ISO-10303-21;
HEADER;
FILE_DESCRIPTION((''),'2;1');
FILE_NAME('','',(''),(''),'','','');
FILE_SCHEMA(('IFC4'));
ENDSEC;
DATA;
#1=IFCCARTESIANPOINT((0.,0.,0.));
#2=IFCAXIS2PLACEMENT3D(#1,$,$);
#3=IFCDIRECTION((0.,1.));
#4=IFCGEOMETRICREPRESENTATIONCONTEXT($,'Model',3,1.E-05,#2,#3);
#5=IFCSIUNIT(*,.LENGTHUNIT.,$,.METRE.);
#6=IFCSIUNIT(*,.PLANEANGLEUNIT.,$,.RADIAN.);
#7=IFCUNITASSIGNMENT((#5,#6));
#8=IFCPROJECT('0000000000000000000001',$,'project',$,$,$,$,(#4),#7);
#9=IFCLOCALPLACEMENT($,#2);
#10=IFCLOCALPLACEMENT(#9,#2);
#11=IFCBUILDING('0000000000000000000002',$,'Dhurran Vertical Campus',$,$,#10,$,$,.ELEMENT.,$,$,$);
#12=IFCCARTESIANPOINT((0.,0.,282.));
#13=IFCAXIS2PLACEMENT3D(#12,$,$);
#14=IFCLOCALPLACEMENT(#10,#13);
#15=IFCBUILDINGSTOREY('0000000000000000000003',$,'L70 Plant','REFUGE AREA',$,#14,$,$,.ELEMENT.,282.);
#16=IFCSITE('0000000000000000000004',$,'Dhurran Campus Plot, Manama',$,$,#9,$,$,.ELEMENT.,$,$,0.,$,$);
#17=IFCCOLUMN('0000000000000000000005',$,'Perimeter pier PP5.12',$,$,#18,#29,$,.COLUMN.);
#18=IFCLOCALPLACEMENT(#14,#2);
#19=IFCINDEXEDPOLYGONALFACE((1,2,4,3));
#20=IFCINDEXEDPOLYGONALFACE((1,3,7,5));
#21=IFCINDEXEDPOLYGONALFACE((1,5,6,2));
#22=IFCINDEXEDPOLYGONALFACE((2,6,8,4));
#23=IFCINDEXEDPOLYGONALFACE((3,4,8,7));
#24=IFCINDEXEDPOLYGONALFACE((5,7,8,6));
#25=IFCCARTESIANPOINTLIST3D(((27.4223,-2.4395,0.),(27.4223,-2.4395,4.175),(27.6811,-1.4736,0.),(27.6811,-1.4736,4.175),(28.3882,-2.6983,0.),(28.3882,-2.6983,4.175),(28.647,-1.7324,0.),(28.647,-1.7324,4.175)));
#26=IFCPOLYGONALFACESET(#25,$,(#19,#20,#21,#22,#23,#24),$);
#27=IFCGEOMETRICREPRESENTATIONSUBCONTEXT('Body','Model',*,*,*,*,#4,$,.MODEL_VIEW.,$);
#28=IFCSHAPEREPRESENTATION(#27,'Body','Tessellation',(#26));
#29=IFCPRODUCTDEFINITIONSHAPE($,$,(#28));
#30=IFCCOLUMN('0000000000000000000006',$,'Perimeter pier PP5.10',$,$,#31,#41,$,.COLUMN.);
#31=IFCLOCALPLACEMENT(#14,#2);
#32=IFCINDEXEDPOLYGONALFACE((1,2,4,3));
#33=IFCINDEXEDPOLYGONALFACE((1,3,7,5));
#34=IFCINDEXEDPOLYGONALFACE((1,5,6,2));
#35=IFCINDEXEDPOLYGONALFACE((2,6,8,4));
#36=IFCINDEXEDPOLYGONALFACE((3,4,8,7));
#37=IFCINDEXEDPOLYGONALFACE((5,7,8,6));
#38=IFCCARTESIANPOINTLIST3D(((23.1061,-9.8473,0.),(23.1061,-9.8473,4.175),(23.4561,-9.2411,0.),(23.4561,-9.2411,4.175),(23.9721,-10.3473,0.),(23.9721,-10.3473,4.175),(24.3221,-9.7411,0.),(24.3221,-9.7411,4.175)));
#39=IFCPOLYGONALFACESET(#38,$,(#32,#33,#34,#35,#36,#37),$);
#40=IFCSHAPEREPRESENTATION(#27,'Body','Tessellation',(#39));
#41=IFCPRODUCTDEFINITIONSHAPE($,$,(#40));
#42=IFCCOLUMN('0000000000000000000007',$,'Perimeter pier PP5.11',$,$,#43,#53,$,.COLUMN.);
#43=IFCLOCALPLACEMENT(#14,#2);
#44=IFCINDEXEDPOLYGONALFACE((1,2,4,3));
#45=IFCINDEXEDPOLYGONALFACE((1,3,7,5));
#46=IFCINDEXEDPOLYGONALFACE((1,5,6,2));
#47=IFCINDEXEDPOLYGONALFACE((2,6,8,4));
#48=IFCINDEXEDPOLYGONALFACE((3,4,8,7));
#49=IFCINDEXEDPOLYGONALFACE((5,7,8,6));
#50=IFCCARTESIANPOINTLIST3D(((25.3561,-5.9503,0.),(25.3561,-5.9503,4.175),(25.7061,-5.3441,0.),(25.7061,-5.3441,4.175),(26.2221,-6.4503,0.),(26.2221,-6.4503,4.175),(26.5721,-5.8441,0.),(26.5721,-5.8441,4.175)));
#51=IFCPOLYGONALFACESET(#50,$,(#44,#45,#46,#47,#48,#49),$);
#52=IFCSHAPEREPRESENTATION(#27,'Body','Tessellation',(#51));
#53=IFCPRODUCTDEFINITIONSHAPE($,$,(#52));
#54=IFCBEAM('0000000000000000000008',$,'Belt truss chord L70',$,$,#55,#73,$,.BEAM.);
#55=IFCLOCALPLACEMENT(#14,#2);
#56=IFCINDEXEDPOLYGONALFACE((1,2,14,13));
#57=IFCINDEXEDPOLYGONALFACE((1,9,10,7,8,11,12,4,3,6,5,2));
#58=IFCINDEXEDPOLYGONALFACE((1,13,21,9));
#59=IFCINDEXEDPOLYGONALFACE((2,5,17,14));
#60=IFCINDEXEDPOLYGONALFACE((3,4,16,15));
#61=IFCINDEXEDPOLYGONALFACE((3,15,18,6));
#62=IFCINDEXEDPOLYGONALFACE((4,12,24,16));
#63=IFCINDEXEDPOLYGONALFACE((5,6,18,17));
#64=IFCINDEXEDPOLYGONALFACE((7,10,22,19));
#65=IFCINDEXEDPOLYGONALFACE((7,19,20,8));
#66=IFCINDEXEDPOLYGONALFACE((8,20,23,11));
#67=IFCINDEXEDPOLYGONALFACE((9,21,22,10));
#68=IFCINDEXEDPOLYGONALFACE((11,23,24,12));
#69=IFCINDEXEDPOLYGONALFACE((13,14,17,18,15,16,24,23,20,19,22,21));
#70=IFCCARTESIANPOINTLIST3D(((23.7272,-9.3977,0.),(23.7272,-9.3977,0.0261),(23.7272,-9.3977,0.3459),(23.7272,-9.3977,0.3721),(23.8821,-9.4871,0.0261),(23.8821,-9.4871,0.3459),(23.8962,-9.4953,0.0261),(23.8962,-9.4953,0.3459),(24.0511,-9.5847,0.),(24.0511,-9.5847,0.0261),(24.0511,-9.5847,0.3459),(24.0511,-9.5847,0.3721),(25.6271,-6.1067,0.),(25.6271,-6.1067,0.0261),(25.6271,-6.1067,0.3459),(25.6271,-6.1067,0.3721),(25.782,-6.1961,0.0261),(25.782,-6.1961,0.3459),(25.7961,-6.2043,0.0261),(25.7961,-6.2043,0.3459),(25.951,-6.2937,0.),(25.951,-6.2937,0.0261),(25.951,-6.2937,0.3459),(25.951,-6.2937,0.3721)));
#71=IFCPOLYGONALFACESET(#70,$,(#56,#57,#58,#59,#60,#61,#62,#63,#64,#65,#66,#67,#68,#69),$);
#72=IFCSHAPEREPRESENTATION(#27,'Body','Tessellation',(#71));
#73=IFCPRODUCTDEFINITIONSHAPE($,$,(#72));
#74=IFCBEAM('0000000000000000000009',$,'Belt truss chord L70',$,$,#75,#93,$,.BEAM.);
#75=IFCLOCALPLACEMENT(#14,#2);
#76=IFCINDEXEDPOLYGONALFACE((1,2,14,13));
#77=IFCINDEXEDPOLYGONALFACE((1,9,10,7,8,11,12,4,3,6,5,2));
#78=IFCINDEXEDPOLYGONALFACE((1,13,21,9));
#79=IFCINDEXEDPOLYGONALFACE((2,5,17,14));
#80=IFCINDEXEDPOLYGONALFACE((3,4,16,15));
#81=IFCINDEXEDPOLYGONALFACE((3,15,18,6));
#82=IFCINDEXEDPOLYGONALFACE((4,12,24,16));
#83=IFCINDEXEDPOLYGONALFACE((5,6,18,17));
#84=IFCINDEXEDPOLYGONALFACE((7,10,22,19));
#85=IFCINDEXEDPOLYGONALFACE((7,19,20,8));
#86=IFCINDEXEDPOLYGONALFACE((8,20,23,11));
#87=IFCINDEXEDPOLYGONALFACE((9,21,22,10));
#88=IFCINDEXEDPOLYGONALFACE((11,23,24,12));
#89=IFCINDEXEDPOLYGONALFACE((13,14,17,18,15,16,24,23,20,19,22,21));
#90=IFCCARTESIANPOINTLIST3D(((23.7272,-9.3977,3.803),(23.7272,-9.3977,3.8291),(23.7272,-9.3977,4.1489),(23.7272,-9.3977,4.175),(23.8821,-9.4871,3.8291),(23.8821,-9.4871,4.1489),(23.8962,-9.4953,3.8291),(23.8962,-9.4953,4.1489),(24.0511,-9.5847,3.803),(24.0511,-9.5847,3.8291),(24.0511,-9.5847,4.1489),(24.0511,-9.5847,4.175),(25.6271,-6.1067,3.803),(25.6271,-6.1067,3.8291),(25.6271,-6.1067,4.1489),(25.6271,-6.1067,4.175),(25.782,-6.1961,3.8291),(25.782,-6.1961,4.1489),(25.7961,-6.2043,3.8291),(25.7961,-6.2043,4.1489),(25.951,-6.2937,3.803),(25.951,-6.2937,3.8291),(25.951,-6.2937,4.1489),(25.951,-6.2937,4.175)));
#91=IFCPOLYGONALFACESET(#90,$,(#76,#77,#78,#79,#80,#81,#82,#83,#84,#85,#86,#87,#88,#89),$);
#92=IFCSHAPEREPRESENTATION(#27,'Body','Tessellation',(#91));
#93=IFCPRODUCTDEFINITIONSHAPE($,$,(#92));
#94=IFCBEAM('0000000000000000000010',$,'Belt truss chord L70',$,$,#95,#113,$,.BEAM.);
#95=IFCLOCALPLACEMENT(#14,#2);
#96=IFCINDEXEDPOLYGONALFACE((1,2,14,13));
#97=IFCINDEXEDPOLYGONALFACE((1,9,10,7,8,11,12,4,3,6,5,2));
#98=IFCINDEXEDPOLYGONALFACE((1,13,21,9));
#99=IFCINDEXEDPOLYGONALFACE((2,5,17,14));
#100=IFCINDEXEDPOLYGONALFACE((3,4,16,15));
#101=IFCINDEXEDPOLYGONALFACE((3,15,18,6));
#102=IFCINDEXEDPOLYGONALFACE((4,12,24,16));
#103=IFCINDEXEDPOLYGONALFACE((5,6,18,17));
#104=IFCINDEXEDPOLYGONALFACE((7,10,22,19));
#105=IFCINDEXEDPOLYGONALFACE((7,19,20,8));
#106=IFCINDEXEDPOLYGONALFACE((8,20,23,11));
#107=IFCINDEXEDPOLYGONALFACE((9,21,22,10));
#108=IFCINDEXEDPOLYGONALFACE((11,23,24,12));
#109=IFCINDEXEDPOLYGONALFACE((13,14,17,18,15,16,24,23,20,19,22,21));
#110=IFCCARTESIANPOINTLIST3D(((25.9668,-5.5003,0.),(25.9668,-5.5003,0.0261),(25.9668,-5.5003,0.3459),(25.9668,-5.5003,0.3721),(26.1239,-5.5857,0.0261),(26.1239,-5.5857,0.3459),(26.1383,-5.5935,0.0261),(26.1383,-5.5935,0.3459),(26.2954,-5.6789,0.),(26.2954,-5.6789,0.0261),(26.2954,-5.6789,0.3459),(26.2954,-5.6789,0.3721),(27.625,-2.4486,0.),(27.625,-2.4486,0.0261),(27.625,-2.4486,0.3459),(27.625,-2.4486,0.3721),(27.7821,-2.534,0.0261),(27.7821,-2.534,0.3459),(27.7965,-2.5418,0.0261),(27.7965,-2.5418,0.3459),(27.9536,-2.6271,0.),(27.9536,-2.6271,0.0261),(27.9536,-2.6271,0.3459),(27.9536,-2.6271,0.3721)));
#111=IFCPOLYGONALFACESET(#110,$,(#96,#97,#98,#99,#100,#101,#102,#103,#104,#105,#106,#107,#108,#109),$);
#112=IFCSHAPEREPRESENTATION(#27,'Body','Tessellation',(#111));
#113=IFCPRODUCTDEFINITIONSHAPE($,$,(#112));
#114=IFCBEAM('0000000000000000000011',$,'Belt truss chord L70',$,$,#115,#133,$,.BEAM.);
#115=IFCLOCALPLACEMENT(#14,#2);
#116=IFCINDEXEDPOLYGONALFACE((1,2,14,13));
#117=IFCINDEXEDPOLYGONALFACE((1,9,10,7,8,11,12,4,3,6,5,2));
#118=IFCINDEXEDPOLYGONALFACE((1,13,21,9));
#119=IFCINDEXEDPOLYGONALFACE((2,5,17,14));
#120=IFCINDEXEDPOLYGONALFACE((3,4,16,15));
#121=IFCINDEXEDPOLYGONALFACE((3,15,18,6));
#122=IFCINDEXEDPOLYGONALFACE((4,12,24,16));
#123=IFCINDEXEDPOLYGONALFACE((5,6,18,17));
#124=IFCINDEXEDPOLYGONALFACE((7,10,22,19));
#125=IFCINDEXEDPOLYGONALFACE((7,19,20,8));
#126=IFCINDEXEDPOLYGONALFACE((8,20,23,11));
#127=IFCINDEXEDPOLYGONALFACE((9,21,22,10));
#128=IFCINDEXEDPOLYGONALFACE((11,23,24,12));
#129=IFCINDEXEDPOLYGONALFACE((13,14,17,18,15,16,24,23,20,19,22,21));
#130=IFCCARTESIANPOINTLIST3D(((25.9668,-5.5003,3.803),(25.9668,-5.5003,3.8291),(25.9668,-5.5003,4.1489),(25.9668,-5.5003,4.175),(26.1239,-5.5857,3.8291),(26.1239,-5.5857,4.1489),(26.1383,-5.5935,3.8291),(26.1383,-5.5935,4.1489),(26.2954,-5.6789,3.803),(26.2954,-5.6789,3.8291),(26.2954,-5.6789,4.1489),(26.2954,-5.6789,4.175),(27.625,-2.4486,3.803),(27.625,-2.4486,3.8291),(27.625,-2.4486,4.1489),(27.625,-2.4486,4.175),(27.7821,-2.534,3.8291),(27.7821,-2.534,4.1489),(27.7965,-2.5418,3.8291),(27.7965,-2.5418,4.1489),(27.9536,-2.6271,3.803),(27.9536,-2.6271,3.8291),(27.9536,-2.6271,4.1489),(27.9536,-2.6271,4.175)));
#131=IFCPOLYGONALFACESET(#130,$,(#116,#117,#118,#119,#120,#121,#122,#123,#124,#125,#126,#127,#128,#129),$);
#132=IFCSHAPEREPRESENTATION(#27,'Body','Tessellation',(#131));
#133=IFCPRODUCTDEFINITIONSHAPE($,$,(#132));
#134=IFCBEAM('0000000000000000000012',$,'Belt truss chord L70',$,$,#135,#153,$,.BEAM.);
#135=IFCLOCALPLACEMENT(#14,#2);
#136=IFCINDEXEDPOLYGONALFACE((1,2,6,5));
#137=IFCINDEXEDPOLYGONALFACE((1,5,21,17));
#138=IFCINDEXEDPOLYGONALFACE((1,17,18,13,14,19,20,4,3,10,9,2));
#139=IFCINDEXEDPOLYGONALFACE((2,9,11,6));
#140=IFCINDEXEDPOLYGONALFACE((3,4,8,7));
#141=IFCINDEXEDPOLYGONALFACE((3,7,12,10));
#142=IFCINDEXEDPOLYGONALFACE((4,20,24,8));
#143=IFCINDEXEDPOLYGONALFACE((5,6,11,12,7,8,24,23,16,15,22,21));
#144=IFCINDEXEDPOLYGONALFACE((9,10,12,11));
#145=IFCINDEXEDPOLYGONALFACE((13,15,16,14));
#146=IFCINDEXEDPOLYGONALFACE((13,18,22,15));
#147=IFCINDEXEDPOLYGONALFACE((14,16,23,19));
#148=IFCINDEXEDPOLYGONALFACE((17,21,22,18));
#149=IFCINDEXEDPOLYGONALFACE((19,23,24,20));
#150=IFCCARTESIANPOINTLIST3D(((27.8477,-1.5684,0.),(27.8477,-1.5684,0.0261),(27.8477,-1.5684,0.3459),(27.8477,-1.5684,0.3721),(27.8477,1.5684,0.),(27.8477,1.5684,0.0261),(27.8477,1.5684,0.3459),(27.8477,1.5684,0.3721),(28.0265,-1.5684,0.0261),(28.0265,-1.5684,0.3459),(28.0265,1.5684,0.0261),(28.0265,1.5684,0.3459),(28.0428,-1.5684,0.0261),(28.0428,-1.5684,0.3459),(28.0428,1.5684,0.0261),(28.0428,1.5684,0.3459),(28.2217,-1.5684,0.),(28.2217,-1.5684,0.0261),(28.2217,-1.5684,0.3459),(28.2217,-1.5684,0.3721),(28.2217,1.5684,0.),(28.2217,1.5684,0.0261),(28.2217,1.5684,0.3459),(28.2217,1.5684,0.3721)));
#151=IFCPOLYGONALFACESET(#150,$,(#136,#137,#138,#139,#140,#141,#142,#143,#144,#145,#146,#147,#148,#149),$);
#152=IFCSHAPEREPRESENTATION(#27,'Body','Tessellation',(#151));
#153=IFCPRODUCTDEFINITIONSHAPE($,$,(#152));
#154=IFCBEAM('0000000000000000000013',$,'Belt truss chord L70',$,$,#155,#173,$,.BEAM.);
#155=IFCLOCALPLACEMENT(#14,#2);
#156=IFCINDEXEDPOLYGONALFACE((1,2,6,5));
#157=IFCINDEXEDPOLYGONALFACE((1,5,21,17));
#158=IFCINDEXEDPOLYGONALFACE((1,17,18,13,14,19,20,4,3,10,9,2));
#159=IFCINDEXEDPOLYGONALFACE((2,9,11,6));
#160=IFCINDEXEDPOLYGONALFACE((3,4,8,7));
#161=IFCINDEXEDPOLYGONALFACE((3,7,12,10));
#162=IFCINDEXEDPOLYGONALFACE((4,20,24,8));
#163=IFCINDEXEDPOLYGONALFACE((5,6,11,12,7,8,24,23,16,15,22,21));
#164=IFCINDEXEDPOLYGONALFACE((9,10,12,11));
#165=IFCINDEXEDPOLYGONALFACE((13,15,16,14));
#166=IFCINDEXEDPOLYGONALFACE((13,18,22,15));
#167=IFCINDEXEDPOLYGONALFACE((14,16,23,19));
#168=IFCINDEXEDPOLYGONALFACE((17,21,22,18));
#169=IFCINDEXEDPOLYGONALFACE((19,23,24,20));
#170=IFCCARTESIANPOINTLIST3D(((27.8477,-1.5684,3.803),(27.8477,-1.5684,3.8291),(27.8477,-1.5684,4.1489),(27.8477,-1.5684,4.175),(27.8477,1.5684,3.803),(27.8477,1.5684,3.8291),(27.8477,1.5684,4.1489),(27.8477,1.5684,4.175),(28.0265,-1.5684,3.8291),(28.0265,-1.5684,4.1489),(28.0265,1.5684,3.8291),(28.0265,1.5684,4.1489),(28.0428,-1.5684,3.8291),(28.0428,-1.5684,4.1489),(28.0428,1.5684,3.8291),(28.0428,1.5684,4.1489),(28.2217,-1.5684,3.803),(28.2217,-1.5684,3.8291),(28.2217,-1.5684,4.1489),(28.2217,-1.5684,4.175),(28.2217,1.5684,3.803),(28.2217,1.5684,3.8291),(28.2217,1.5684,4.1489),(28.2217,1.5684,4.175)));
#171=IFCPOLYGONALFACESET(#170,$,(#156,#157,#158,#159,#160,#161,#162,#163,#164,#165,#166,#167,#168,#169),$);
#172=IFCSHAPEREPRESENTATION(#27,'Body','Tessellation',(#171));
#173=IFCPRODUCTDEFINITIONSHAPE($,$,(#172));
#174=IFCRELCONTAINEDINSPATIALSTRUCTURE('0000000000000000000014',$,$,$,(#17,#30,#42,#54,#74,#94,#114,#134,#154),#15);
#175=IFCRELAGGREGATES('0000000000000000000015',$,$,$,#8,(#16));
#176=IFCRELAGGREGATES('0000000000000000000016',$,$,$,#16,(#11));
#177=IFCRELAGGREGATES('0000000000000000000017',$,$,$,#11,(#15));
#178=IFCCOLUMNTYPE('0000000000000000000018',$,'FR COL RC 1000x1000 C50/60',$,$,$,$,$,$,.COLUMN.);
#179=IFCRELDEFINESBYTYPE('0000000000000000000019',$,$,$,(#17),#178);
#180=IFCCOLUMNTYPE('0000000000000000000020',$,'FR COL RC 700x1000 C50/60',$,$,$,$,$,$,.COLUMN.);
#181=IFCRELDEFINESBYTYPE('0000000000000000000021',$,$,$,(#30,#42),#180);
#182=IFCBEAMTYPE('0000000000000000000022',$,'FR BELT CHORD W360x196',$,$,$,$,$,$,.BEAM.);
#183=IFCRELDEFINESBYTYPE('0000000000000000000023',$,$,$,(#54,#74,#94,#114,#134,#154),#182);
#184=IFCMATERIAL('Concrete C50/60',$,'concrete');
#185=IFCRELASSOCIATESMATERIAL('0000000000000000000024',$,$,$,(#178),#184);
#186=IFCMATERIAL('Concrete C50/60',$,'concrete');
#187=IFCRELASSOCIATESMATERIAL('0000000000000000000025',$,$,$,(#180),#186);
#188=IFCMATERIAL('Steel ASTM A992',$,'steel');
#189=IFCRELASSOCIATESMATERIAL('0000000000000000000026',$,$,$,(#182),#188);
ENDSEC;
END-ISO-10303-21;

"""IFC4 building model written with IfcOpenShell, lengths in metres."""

from ifc_helpers import new_model, si_unit, direction, frame, origin, origin_2d, place, context, subcontext, project, spatial, rectangle, i_section, extrude, material, material_profile, profile_set, type_object, element, save


model = new_model("IFC4")

# Units and contexts
model_context = context("Model", 3, precision=1e-05, world=origin(), true_north=direction((0.0, 1.0)))
body_context = subcontext(model_context, "Body", "Model", "MODEL_VIEW")
ifc_project = project(units=[si_unit("LENGTHUNIT", "METRE"), si_unit("PLANEANGLEUNIT", "RADIAN")], contexts=[model_context])

# Site, building, storey
site_placement = place(None, origin())
site = spatial("IfcSite", under=ifc_project, at=site_placement, Name="Dhurran Campus Plot, Manama", CompositionType="ELEMENT", RefElevation=0.0)
building_placement = place(site_placement, origin())
building = spatial("IfcBuilding", under=site, at=building_placement, Name="Dhurran Vertical Campus", CompositionType="ELEMENT")
storey_placement = place(building_placement, frame((0.0, 0.0, 282.0)))
storey = spatial("IfcBuildingStorey", under=building, at=storey_placement, Name="L70 Plant", Description="REFUGE AREA", CompositionType="ELEMENT", Elevation=282.0)

# Columns
ifc_material_1 = material(Name="Concrete C50/60", Category="concrete")
ifc_material_profile_1 = material_profile(ifc_material_1, rectangle(XDim=1.0, YDim=1.0, at=origin_2d()), Name="RC 1000x1000")
ifc_profile_set_1 = profile_set([ifc_material_profile_1], Name="Concrete C50/60")
column_type_1 = type_object("IfcColumnType", Name="FR COL RC 1000x1000 C50/60", PredefinedType="COLUMN", material=ifc_profile_set_1)
column_placement = place(storey_placement, frame((28.0347, -2.0859, 0.0), z_axis=(0.0, 0.0, 1.0), x_axis=(0.258819, 0.965926, 0.0)))
element("IfcColumn", 1, at=column_placement, inside=storey, type_object=column_type_1, Name="Perimeter pier PP5.12", PredefinedType="COLUMN", context=body_context, shape_type="SweptSolid", body=[
    extrude(rectangle(XDim=1.0, YDim=1.0, at=origin_2d()), origin(), (0.0, 0.0, 1.0), 4.175),
])
ifc_material_2 = material(Name="Concrete C50/60", Category="concrete")
ifc_material_profile_2 = material_profile(ifc_material_2, rectangle(XDim=0.7, YDim=1.0, at=origin_2d()), Name="RC 700x1000")
ifc_profile_set_2 = profile_set([ifc_material_profile_2], Name="Concrete C50/60")
column_type_2 = type_object("IfcColumnType", Name="FR COL RC 700x1000 C50/60", PredefinedType="COLUMN", material=ifc_profile_set_2)
for number, where, z_axis, x_axis, name in (
    (2, (23.7141, -9.7942, 0.0), (0.0, 0.0, 1.0), (0.5, 0.866025, 0.0), "Perimeter pier PP5.10"),
    (3, (25.9641, -5.8972, 0.0), (0.0, 0.0, 1.0), (0.5, 0.866025, 0.0), "Perimeter pier PP5.11"),
):
    element("IfcColumn", number, at=place(storey_placement, frame(where, z_axis=z_axis, x_axis=x_axis)), inside=storey, type_object=column_type_2, Name=name, PredefinedType="COLUMN", context=body_context, shape_type="SweptSolid", body=[
        extrude(rectangle(XDim=0.7, YDim=1.0, at=origin_2d()), origin(), (0.0, 0.0, 1.0), 4.175),
    ])

# Beams
ifc_material_3 = material(Name="Steel ASTM A992", Category="steel")
ifc_material_profile_3 = material_profile(ifc_material_3, i_section(OverallWidth=0.374, OverallDepth=0.3721, WebThickness=0.0164, FlangeThickness=0.0261, at=origin_2d()), Name="W360x196")
ifc_profile_set_3 = profile_set([ifc_material_profile_3], Name="Steel ASTM A992")
beam_type = type_object("IfcBeamType", Name="FR BELT CHORD W360x196", PredefinedType="BEAM", material=ifc_profile_set_3)
for number, where, z_axis, x_axis, name in (
    (4, (23.8892, -9.4912, 0.186), (0.499967, 0.866044, 0.0), (-0.866044, 0.499967, 0.0), "Belt truss chord L70"),
    (5, (23.8892, -9.4912, 3.989), (0.499967, 0.866044, 0.0), (-0.866044, 0.499967, 0.0), "Belt truss chord L70"),
):
    element("IfcBeam", number, at=place(storey_placement, frame(where, z_axis=z_axis, x_axis=x_axis)), inside=storey, type_object=beam_type, Name=name, PredefinedType="BEAM", context=body_context, shape_type="SweptSolid", body=[
        extrude(i_section(OverallWidth=0.374, OverallDepth=0.3721, WebThickness=0.0164, FlangeThickness=0.0261, at=origin_2d()), origin(), (0.0, 0.0, 1.0), 3.8),
    ])
for number, where, z_axis, x_axis, name in (
    (6, (26.1311, -5.5896, 0.186), (0.477433, 0.878668, 0.0), (-0.878668, 0.477433, 0.0), "Belt truss chord L70"),
    (7, (26.1311, -5.5896, 3.989), (0.477433, 0.878668, 0.0), (-0.878668, 0.477433, 0.0), "Belt truss chord L70"),
):
    element("IfcBeam", number, at=place(storey_placement, frame(where, z_axis=z_axis, x_axis=x_axis)), inside=storey, type_object=beam_type, Name=name, PredefinedType="BEAM", context=body_context, shape_type="SweptSolid", body=[
        extrude(i_section(OverallWidth=0.374, OverallDepth=0.3721, WebThickness=0.0164, FlangeThickness=0.0261, at=origin_2d()), origin(), (0.0, 0.0, 1.0), 3.4731),
    ])
for number, where, z_axis, x_axis, name in (
    (8, (28.0347, -1.5684, 0.186), (0.0, 1.0, 0.0), (-1.0, 0.0, 0.0), "Belt truss chord L70"),
    (9, (28.0347, -1.5684, 3.989), (0.0, 1.0, 0.0), (-1.0, 0.0, 0.0), "Belt truss chord L70"),
):
    element("IfcBeam", number, at=place(storey_placement, frame(where, z_axis=z_axis, x_axis=x_axis)), inside=storey, type_object=beam_type, Name=name, PredefinedType="BEAM", context=body_context, shape_type="SweptSolid", body=[
        extrude(i_section(OverallWidth=0.374, OverallDepth=0.3721, WebThickness=0.0164, FlangeThickness=0.0261, at=origin_2d()), origin(), (0.0, 0.0, 1.0), 3.1367),
    ])

save(model, "model.ifc")
